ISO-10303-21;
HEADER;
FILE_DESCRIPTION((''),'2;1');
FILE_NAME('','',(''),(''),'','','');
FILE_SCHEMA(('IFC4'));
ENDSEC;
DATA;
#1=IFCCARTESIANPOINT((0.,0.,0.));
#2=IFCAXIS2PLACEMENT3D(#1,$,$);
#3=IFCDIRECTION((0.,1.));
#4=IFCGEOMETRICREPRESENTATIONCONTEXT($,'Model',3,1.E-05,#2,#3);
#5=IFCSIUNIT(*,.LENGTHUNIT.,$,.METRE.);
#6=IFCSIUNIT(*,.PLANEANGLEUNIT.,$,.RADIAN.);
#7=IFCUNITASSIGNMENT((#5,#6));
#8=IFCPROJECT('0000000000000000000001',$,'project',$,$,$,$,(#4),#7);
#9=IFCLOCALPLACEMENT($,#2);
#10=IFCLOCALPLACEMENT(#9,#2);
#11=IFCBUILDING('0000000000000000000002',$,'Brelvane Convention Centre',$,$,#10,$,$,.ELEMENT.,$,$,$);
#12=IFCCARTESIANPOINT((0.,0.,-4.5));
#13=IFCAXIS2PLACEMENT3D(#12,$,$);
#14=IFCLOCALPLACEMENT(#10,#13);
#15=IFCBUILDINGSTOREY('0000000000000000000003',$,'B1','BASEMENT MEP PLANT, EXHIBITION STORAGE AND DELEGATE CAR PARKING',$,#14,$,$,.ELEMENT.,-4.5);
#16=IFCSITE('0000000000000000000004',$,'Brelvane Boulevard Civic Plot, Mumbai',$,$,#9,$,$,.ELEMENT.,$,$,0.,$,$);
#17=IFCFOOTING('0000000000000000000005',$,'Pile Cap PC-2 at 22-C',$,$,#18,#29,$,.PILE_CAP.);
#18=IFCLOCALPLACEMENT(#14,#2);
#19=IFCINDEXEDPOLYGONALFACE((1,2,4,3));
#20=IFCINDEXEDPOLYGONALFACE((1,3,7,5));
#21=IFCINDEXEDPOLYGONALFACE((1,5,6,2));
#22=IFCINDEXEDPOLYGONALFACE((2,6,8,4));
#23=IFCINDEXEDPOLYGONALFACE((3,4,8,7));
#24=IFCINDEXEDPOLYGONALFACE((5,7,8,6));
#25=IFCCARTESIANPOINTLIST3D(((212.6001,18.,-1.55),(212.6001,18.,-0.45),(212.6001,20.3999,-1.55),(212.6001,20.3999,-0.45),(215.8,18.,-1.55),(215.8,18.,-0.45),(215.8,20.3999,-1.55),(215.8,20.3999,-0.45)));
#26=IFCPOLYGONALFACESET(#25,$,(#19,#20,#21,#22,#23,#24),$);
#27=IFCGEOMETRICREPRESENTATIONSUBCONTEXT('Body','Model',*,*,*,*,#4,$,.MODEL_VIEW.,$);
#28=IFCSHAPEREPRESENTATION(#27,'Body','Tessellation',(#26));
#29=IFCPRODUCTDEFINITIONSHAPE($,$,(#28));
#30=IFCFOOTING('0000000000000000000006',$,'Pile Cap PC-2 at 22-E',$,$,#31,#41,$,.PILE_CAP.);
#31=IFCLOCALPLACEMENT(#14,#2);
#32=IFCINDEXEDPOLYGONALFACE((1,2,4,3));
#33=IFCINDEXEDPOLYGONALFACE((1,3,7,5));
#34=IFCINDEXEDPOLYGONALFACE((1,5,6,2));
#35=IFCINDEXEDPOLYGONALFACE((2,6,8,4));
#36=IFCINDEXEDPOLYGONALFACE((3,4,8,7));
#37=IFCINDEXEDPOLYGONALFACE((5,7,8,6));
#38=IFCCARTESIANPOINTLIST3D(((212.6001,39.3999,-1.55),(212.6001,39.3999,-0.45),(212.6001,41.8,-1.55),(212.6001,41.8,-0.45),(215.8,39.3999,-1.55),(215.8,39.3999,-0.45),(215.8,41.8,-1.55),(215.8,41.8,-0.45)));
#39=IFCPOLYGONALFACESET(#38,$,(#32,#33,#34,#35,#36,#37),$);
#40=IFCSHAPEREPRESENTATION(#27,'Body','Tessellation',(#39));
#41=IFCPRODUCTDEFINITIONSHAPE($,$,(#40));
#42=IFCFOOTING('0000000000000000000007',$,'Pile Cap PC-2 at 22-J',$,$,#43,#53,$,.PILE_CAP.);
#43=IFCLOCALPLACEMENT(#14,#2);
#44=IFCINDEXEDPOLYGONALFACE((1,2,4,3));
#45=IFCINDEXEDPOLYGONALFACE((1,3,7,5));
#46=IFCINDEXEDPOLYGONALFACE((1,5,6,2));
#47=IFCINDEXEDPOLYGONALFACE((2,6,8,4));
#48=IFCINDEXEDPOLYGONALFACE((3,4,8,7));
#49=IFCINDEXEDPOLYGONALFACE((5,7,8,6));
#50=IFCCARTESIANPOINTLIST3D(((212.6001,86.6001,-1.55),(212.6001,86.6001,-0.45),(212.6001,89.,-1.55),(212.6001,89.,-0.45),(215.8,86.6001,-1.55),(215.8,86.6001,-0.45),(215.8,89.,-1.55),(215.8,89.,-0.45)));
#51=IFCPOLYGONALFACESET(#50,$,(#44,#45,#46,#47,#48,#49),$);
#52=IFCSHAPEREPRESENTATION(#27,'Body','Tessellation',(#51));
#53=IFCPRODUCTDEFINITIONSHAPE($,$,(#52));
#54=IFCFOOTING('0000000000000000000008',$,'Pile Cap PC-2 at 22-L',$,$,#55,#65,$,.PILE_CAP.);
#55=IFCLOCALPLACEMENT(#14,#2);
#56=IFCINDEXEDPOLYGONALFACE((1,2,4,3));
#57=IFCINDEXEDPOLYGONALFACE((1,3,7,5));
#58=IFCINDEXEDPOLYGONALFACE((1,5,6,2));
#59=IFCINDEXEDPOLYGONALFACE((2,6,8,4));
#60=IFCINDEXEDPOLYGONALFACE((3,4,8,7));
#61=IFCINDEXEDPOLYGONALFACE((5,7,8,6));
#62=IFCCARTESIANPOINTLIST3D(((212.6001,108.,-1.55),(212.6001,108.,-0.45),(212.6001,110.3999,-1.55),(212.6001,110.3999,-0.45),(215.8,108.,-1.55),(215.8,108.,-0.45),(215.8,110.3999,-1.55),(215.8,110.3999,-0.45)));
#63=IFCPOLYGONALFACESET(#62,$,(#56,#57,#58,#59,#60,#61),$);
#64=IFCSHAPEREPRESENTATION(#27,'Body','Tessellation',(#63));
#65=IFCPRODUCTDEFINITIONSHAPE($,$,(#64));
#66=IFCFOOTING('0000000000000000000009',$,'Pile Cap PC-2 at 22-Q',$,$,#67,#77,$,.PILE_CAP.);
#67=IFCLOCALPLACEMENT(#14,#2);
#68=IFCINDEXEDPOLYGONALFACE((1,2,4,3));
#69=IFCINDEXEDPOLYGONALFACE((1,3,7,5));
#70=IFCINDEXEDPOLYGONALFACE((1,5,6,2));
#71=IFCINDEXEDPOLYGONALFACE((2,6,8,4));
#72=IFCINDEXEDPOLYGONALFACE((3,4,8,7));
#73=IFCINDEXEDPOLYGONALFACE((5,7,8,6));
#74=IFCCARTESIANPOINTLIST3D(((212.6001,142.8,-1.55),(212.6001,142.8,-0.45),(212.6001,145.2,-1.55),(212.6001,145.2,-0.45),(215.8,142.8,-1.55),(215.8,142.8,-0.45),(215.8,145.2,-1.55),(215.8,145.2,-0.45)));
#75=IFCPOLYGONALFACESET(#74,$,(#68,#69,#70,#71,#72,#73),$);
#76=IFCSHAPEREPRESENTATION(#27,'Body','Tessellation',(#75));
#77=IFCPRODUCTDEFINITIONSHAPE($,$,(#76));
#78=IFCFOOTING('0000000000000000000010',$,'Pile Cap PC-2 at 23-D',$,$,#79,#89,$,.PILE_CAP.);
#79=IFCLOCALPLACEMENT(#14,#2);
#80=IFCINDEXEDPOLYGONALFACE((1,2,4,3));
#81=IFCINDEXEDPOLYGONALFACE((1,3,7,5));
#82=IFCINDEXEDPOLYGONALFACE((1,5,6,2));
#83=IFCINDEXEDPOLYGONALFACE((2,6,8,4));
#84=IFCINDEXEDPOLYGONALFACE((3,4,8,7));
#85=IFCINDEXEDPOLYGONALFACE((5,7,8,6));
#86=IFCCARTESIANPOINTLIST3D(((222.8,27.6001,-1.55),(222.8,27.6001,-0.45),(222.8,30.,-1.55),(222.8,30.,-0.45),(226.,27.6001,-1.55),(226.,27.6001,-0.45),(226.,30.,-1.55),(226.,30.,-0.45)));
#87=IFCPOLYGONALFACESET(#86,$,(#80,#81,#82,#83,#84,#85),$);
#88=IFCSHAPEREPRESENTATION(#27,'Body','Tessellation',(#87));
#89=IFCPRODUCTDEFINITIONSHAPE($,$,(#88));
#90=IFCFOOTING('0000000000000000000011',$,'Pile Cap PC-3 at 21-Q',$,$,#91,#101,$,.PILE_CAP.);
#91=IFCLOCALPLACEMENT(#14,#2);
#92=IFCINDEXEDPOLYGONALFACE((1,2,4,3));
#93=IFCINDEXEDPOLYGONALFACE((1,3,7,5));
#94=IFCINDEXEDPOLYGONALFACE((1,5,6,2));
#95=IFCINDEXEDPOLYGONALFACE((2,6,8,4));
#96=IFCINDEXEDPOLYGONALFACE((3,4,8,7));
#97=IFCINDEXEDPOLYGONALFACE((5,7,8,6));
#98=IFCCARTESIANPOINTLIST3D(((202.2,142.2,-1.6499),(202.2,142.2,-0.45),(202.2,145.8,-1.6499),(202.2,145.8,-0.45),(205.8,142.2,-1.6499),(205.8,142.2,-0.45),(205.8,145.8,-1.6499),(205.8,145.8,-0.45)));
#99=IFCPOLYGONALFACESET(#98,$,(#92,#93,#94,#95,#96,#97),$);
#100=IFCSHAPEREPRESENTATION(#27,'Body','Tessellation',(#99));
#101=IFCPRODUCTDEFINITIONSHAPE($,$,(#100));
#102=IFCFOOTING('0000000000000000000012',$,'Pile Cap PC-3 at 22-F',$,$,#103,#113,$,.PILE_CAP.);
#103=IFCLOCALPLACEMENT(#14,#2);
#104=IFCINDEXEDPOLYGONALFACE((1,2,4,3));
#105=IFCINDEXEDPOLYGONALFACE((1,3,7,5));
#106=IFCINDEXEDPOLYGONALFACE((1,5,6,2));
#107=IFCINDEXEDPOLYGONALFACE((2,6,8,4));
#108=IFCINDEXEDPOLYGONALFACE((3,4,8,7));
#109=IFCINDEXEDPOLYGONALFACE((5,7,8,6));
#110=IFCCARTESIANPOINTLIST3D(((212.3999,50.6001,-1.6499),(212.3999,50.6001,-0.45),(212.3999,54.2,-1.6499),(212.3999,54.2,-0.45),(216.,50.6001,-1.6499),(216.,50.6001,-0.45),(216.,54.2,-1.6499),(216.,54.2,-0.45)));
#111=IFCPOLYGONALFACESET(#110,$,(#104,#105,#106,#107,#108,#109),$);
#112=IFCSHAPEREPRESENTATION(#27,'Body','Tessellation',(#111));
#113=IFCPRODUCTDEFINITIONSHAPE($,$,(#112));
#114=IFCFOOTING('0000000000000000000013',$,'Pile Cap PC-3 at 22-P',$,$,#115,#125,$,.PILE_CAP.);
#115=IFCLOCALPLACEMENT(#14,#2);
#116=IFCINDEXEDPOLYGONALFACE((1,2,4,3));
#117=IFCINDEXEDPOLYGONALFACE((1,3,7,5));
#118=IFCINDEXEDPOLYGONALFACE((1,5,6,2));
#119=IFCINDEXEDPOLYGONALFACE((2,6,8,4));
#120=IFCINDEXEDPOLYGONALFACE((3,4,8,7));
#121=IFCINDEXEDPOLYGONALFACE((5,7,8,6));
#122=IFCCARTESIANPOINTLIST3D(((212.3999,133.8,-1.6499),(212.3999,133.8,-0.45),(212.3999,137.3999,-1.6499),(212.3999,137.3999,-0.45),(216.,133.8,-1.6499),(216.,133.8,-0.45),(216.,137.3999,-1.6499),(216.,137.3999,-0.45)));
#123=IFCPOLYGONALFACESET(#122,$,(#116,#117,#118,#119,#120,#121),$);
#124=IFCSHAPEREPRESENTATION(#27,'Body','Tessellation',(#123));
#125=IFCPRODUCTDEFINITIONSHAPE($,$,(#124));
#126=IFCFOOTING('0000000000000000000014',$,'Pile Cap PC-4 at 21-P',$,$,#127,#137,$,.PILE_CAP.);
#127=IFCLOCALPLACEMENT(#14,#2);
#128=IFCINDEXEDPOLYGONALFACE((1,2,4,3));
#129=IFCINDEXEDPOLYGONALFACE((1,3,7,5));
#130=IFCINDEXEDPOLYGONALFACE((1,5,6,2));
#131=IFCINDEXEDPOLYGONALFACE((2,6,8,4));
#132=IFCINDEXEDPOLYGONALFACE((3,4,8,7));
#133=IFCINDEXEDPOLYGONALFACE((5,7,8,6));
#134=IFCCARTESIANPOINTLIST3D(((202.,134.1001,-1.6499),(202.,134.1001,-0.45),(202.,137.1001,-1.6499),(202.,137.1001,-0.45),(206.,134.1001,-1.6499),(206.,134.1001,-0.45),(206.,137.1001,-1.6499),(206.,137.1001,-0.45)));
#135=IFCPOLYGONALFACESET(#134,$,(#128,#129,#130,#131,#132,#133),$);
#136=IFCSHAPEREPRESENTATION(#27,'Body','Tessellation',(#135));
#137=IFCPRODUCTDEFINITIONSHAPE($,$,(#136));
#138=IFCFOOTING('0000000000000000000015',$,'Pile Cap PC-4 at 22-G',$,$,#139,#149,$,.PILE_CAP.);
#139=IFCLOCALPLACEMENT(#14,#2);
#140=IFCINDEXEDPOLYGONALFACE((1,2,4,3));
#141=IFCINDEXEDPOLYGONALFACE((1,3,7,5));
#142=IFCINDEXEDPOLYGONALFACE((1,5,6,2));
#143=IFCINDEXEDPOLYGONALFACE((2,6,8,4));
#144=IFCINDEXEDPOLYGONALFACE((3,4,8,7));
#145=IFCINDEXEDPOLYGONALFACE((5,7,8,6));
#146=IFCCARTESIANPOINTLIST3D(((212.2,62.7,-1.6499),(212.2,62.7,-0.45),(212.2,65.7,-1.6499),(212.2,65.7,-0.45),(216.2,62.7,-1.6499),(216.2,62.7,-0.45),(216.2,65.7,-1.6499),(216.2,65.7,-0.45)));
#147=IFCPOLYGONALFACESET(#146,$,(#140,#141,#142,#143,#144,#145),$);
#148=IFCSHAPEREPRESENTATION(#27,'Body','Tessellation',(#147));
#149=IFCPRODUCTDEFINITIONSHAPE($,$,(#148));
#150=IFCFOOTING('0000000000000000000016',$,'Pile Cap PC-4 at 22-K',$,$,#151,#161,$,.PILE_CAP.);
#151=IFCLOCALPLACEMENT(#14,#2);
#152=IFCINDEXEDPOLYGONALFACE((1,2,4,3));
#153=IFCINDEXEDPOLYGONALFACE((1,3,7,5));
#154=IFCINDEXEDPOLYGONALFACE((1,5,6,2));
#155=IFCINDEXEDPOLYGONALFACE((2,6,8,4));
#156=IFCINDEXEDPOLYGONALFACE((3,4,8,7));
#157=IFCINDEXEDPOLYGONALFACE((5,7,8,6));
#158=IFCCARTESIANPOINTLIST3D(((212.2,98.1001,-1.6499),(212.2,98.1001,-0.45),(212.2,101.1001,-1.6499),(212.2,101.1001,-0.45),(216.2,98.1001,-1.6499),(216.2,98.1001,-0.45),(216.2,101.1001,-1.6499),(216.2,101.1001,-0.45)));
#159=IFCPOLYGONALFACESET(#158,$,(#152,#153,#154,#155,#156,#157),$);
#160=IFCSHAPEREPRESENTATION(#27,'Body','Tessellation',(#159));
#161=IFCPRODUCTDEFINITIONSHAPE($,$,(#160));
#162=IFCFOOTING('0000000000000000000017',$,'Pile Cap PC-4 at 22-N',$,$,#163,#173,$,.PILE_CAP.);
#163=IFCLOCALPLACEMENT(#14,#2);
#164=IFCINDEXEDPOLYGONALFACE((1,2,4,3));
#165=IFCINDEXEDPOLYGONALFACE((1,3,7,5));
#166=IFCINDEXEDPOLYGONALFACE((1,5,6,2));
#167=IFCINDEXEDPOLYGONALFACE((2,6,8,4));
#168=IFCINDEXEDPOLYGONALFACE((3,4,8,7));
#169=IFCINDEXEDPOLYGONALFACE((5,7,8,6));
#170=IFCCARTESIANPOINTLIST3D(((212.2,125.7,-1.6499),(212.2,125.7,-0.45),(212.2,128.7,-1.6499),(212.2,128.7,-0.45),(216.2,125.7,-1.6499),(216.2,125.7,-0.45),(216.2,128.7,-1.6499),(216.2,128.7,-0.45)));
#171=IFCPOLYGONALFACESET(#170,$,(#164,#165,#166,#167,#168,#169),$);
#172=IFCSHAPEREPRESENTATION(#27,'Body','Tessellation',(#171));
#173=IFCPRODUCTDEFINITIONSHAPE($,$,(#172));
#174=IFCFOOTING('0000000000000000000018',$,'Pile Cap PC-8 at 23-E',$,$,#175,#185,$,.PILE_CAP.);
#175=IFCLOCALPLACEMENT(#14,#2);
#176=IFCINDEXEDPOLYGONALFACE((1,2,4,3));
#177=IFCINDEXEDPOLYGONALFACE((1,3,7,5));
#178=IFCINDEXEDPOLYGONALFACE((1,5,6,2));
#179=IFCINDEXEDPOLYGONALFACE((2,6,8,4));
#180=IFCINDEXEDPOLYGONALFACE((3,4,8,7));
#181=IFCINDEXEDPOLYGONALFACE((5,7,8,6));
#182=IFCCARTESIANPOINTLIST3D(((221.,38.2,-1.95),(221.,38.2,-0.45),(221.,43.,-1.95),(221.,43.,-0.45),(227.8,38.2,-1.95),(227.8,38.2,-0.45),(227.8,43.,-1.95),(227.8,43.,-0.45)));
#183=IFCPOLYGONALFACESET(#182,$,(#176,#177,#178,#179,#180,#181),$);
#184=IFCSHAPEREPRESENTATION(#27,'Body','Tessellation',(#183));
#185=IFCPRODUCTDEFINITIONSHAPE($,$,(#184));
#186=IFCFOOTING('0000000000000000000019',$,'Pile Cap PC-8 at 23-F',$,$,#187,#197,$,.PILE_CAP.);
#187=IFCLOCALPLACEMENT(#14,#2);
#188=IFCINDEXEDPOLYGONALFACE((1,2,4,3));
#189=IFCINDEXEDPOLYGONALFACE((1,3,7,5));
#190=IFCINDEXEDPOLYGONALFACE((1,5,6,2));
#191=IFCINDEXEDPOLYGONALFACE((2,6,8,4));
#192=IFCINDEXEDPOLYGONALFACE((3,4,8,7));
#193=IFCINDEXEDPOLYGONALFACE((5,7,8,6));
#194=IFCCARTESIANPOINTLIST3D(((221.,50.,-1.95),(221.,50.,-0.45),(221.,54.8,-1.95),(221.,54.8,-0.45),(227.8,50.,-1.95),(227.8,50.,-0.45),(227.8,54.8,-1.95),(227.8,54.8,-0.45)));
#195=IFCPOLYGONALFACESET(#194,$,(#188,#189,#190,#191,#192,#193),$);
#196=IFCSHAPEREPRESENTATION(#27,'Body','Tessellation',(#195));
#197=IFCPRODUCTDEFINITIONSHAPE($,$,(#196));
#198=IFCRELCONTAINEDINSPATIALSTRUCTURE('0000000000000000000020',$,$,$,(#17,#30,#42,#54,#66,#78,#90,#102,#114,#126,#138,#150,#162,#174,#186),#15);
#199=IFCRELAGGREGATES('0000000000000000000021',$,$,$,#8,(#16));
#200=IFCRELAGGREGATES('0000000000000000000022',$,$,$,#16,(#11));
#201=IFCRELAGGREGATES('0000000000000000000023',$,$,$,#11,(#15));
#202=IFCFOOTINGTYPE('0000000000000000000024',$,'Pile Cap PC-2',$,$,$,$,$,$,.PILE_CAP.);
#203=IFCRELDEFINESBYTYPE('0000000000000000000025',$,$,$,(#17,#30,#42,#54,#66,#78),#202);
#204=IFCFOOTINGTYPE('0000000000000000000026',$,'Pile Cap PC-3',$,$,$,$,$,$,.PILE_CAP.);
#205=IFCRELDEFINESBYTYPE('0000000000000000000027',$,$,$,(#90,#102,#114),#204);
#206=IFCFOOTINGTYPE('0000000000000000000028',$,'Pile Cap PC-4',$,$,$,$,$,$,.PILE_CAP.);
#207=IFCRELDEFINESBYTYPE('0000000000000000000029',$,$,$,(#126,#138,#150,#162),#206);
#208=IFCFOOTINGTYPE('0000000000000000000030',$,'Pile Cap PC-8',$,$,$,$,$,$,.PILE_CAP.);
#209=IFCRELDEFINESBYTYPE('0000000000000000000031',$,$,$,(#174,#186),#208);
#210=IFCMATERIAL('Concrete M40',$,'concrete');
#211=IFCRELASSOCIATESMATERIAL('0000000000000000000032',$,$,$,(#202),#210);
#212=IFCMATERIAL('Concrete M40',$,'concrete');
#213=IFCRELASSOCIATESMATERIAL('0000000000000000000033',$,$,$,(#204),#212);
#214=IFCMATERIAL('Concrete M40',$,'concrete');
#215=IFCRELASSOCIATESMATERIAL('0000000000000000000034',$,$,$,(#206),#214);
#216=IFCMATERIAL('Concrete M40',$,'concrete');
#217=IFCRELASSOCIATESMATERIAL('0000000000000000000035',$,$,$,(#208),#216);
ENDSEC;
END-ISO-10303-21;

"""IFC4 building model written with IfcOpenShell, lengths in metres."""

from ifc_helpers import new_model, si_unit, direction, frame, origin, place, context, subcontext, project, spatial, polyline, outline, extrude, material, type_object, element, save


model = new_model("IFC4")

# Units and contexts
model_context = context("Model", 3, precision=1e-05, world=origin(), true_north=direction((0.0, 1.0)))
body_context = subcontext(model_context, "Body", "Model", "MODEL_VIEW")
ifc_project = project(units=[si_unit("LENGTHUNIT", "METRE"), si_unit("PLANEANGLEUNIT", "RADIAN")], contexts=[model_context])

# Site, building, storey
site_placement = place(None, origin())
site = spatial("IfcSite", under=ifc_project, at=site_placement, Name="Brelvane Boulevard Civic Plot, Mumbai", CompositionType="ELEMENT", RefElevation=0.0)
building_placement = place(site_placement, origin())
building = spatial("IfcBuilding", under=site, at=building_placement, Name="Brelvane Convention Centre", CompositionType="ELEMENT")
storey_placement = place(building_placement, frame((0.0, 0.0, -4.5)))
storey = spatial("IfcBuildingStorey", under=building, at=storey_placement, Name="B1", Description="BASEMENT MEP PLANT, EXHIBITION STORAGE AND DELEGATE CAR PARKING", CompositionType="ELEMENT", Elevation=-4.5)

# Footings
ifc_material_1 = material(Name="Concrete M40", Category="concrete")
footing_type_1 = type_object("IfcFootingType", Name="Pile Cap PC-2", PredefinedType="PILE_CAP", material=ifc_material_1)
footing_1_placement = place(storey_placement, frame((0.0, 0.0, -1.55)))
element("IfcFooting", 1, at=footing_1_placement, inside=storey, type_object=footing_type_1, Name="Pile Cap PC-2 at 22-C", PredefinedType="PILE_CAP", context=body_context, shape_type="SweptSolid", body=[
    extrude(outline(polyline([(212.6001, 18.0), (215.8, 18.0), (215.8, 20.3999), (212.6001, 20.3999), (212.6001, 18.0)])), origin(), (0.0, 0.0, 1.0), 1.1001),
])
footing_2_placement = place(storey_placement, frame((0.0, 0.0, -1.55)))
element("IfcFooting", 2, at=footing_2_placement, inside=storey, type_object=footing_type_1, Name="Pile Cap PC-2 at 22-E", PredefinedType="PILE_CAP", context=body_context, shape_type="SweptSolid", body=[
    extrude(outline(polyline([(212.6001, 39.3999), (215.8, 39.3999), (215.8, 41.8), (212.6001, 41.8), (212.6001, 39.3999)])), origin(), (0.0, 0.0, 1.0), 1.1001),
])
footing_3_placement = place(storey_placement, frame((0.0, 0.0, -1.55)))
element("IfcFooting", 3, at=footing_3_placement, inside=storey, type_object=footing_type_1, Name="Pile Cap PC-2 at 22-J", PredefinedType="PILE_CAP", context=body_context, shape_type="SweptSolid", body=[
    extrude(outline(polyline([(212.6001, 86.6001), (215.8, 86.6001), (215.8, 89.0), (212.6001, 89.0), (212.6001, 86.6001)])), origin(), (0.0, 0.0, 1.0), 1.1001),
])
footing_4_placement = place(storey_placement, frame((0.0, 0.0, -1.55)))
element("IfcFooting", 4, at=footing_4_placement, inside=storey, type_object=footing_type_1, Name="Pile Cap PC-2 at 22-L", PredefinedType="PILE_CAP", context=body_context, shape_type="SweptSolid", body=[
    extrude(outline(polyline([(212.6001, 108.0), (215.8, 108.0), (215.8, 110.3999), (212.6001, 110.3999), (212.6001, 108.0)])), origin(), (0.0, 0.0, 1.0), 1.1001),
])
footing_5_placement = place(storey_placement, frame((0.0, 0.0, -1.55)))
element("IfcFooting", 5, at=footing_5_placement, inside=storey, type_object=footing_type_1, Name="Pile Cap PC-2 at 22-Q", PredefinedType="PILE_CAP", context=body_context, shape_type="SweptSolid", body=[
    extrude(outline(polyline([(212.6001, 142.8), (215.8, 142.8), (215.8, 145.2), (212.6001, 145.2), (212.6001, 142.8)])), origin(), (0.0, 0.0, 1.0), 1.1001),
])
footing_6_placement = place(storey_placement, frame((0.0, 0.0, -1.55)))
element("IfcFooting", 6, at=footing_6_placement, inside=storey, type_object=footing_type_1, Name="Pile Cap PC-2 at 23-D", PredefinedType="PILE_CAP", context=body_context, shape_type="SweptSolid", body=[
    extrude(outline(polyline([(222.8, 27.6001), (226.0, 27.6001), (226.0, 30.0), (222.8, 30.0), (222.8, 27.6001)])), origin(), (0.0, 0.0, 1.0), 1.1001),
])
ifc_material_2 = material(Name="Concrete M40", Category="concrete")
footing_type_2 = type_object("IfcFootingType", Name="Pile Cap PC-3", PredefinedType="PILE_CAP", material=ifc_material_2)
footing_7_placement = place(storey_placement, frame((0.0, 0.0, -1.6499)))
element("IfcFooting", 7, at=footing_7_placement, inside=storey, type_object=footing_type_2, Name="Pile Cap PC-3 at 21-Q", PredefinedType="PILE_CAP", context=body_context, shape_type="SweptSolid", body=[
    extrude(outline(polyline([(202.2, 142.2), (205.8, 142.2), (205.8, 145.8), (202.2, 145.8), (202.2, 142.2)])), origin(), (0.0, 0.0, 1.0), 1.2),
])
footing_8_placement = place(storey_placement, frame((0.0, 0.0, -1.6499)))
element("IfcFooting", 8, at=footing_8_placement, inside=storey, type_object=footing_type_2, Name="Pile Cap PC-3 at 22-F", PredefinedType="PILE_CAP", context=body_context, shape_type="SweptSolid", body=[
    extrude(outline(polyline([(212.3999, 50.6001), (216.0, 50.6001), (216.0, 54.2), (212.3999, 54.2), (212.3999, 50.6001)])), origin(), (0.0, 0.0, 1.0), 1.2),
])
footing_9_placement = place(storey_placement, frame((0.0, 0.0, -1.6499)))
element("IfcFooting", 9, at=footing_9_placement, inside=storey, type_object=footing_type_2, Name="Pile Cap PC-3 at 22-P", PredefinedType="PILE_CAP", context=body_context, shape_type="SweptSolid", body=[
    extrude(outline(polyline([(212.3999, 133.8), (216.0, 133.8), (216.0, 137.3999), (212.3999, 137.3999), (212.3999, 133.8)])), origin(), (0.0, 0.0, 1.0), 1.2),
])
ifc_material_3 = material(Name="Concrete M40", Category="concrete")
footing_type_3 = type_object("IfcFootingType", Name="Pile Cap PC-4", PredefinedType="PILE_CAP", material=ifc_material_3)
footing_10_placement = place(storey_placement, frame((0.0, 0.0, -1.6499)))
element("IfcFooting", 10, at=footing_10_placement, inside=storey, type_object=footing_type_3, Name="Pile Cap PC-4 at 21-P", PredefinedType="PILE_CAP", context=body_context, shape_type="SweptSolid", body=[
    extrude(outline(polyline([(202.0, 134.1001), (206.0, 134.1001), (206.0, 137.1001), (202.0, 137.1001), (202.0, 134.1001)])), origin(), (0.0, 0.0, 1.0), 1.2),
])
footing_11_placement = place(storey_placement, frame((0.0, 0.0, -1.6499)))
element("IfcFooting", 11, at=footing_11_placement, inside=storey, type_object=footing_type_3, Name="Pile Cap PC-4 at 22-G", PredefinedType="PILE_CAP", context=body_context, shape_type="SweptSolid", body=[
    extrude(outline(polyline([(212.2, 62.7), (216.2, 62.7), (216.2, 65.7), (212.2, 65.7), (212.2, 62.7)])), origin(), (0.0, 0.0, 1.0), 1.2),
])
footing_12_placement = place(storey_placement, frame((0.0, 0.0, -1.6499)))
element("IfcFooting", 12, at=footing_12_placement, inside=storey, type_object=footing_type_3, Name="Pile Cap PC-4 at 22-K", PredefinedType="PILE_CAP", context=body_context, shape_type="SweptSolid", body=[
    extrude(outline(polyline([(212.2, 98.1001), (216.2, 98.1001), (216.2, 101.1001), (212.2, 101.1001), (212.2, 98.1001)])), origin(), (0.0, 0.0, 1.0), 1.2),
])
footing_13_placement = place(storey_placement, frame((0.0, 0.0, -1.6499)))
element("IfcFooting", 13, at=footing_13_placement, inside=storey, type_object=footing_type_3, Name="Pile Cap PC-4 at 22-N", PredefinedType="PILE_CAP", context=body_context, shape_type="SweptSolid", body=[
    extrude(outline(polyline([(212.2, 125.7), (216.2, 125.7), (216.2, 128.7), (212.2, 128.7), (212.2, 125.7)])), origin(), (0.0, 0.0, 1.0), 1.2),
])
ifc_material_4 = material(Name="Concrete M40", Category="concrete")
footing_type_4 = type_object("IfcFootingType", Name="Pile Cap PC-8", PredefinedType="PILE_CAP", material=ifc_material_4)
footing_14_placement = place(storey_placement, frame((0.0, 0.0, -1.95)))
element("IfcFooting", 14, at=footing_14_placement, inside=storey, type_object=footing_type_4, Name="Pile Cap PC-8 at 23-E", PredefinedType="PILE_CAP", context=body_context, shape_type="SweptSolid", body=[
    extrude(outline(polyline([(221.0, 38.2), (227.8, 38.2), (227.8, 43.0), (221.0, 43.0), (221.0, 38.2)])), origin(), (0.0, 0.0, 1.0), 1.5),
])
footing_15_placement = place(storey_placement, frame((0.0, 0.0, -1.95)))
element("IfcFooting", 15, at=footing_15_placement, inside=storey, type_object=footing_type_4, Name="Pile Cap PC-8 at 23-F", PredefinedType="PILE_CAP", context=body_context, shape_type="SweptSolid", body=[
    extrude(outline(polyline([(221.0, 50.0), (227.8, 50.0), (227.8, 54.8), (221.0, 54.8), (221.0, 50.0)])), origin(), (0.0, 0.0, 1.0), 1.5),
])

save(model, "model.ifc")
